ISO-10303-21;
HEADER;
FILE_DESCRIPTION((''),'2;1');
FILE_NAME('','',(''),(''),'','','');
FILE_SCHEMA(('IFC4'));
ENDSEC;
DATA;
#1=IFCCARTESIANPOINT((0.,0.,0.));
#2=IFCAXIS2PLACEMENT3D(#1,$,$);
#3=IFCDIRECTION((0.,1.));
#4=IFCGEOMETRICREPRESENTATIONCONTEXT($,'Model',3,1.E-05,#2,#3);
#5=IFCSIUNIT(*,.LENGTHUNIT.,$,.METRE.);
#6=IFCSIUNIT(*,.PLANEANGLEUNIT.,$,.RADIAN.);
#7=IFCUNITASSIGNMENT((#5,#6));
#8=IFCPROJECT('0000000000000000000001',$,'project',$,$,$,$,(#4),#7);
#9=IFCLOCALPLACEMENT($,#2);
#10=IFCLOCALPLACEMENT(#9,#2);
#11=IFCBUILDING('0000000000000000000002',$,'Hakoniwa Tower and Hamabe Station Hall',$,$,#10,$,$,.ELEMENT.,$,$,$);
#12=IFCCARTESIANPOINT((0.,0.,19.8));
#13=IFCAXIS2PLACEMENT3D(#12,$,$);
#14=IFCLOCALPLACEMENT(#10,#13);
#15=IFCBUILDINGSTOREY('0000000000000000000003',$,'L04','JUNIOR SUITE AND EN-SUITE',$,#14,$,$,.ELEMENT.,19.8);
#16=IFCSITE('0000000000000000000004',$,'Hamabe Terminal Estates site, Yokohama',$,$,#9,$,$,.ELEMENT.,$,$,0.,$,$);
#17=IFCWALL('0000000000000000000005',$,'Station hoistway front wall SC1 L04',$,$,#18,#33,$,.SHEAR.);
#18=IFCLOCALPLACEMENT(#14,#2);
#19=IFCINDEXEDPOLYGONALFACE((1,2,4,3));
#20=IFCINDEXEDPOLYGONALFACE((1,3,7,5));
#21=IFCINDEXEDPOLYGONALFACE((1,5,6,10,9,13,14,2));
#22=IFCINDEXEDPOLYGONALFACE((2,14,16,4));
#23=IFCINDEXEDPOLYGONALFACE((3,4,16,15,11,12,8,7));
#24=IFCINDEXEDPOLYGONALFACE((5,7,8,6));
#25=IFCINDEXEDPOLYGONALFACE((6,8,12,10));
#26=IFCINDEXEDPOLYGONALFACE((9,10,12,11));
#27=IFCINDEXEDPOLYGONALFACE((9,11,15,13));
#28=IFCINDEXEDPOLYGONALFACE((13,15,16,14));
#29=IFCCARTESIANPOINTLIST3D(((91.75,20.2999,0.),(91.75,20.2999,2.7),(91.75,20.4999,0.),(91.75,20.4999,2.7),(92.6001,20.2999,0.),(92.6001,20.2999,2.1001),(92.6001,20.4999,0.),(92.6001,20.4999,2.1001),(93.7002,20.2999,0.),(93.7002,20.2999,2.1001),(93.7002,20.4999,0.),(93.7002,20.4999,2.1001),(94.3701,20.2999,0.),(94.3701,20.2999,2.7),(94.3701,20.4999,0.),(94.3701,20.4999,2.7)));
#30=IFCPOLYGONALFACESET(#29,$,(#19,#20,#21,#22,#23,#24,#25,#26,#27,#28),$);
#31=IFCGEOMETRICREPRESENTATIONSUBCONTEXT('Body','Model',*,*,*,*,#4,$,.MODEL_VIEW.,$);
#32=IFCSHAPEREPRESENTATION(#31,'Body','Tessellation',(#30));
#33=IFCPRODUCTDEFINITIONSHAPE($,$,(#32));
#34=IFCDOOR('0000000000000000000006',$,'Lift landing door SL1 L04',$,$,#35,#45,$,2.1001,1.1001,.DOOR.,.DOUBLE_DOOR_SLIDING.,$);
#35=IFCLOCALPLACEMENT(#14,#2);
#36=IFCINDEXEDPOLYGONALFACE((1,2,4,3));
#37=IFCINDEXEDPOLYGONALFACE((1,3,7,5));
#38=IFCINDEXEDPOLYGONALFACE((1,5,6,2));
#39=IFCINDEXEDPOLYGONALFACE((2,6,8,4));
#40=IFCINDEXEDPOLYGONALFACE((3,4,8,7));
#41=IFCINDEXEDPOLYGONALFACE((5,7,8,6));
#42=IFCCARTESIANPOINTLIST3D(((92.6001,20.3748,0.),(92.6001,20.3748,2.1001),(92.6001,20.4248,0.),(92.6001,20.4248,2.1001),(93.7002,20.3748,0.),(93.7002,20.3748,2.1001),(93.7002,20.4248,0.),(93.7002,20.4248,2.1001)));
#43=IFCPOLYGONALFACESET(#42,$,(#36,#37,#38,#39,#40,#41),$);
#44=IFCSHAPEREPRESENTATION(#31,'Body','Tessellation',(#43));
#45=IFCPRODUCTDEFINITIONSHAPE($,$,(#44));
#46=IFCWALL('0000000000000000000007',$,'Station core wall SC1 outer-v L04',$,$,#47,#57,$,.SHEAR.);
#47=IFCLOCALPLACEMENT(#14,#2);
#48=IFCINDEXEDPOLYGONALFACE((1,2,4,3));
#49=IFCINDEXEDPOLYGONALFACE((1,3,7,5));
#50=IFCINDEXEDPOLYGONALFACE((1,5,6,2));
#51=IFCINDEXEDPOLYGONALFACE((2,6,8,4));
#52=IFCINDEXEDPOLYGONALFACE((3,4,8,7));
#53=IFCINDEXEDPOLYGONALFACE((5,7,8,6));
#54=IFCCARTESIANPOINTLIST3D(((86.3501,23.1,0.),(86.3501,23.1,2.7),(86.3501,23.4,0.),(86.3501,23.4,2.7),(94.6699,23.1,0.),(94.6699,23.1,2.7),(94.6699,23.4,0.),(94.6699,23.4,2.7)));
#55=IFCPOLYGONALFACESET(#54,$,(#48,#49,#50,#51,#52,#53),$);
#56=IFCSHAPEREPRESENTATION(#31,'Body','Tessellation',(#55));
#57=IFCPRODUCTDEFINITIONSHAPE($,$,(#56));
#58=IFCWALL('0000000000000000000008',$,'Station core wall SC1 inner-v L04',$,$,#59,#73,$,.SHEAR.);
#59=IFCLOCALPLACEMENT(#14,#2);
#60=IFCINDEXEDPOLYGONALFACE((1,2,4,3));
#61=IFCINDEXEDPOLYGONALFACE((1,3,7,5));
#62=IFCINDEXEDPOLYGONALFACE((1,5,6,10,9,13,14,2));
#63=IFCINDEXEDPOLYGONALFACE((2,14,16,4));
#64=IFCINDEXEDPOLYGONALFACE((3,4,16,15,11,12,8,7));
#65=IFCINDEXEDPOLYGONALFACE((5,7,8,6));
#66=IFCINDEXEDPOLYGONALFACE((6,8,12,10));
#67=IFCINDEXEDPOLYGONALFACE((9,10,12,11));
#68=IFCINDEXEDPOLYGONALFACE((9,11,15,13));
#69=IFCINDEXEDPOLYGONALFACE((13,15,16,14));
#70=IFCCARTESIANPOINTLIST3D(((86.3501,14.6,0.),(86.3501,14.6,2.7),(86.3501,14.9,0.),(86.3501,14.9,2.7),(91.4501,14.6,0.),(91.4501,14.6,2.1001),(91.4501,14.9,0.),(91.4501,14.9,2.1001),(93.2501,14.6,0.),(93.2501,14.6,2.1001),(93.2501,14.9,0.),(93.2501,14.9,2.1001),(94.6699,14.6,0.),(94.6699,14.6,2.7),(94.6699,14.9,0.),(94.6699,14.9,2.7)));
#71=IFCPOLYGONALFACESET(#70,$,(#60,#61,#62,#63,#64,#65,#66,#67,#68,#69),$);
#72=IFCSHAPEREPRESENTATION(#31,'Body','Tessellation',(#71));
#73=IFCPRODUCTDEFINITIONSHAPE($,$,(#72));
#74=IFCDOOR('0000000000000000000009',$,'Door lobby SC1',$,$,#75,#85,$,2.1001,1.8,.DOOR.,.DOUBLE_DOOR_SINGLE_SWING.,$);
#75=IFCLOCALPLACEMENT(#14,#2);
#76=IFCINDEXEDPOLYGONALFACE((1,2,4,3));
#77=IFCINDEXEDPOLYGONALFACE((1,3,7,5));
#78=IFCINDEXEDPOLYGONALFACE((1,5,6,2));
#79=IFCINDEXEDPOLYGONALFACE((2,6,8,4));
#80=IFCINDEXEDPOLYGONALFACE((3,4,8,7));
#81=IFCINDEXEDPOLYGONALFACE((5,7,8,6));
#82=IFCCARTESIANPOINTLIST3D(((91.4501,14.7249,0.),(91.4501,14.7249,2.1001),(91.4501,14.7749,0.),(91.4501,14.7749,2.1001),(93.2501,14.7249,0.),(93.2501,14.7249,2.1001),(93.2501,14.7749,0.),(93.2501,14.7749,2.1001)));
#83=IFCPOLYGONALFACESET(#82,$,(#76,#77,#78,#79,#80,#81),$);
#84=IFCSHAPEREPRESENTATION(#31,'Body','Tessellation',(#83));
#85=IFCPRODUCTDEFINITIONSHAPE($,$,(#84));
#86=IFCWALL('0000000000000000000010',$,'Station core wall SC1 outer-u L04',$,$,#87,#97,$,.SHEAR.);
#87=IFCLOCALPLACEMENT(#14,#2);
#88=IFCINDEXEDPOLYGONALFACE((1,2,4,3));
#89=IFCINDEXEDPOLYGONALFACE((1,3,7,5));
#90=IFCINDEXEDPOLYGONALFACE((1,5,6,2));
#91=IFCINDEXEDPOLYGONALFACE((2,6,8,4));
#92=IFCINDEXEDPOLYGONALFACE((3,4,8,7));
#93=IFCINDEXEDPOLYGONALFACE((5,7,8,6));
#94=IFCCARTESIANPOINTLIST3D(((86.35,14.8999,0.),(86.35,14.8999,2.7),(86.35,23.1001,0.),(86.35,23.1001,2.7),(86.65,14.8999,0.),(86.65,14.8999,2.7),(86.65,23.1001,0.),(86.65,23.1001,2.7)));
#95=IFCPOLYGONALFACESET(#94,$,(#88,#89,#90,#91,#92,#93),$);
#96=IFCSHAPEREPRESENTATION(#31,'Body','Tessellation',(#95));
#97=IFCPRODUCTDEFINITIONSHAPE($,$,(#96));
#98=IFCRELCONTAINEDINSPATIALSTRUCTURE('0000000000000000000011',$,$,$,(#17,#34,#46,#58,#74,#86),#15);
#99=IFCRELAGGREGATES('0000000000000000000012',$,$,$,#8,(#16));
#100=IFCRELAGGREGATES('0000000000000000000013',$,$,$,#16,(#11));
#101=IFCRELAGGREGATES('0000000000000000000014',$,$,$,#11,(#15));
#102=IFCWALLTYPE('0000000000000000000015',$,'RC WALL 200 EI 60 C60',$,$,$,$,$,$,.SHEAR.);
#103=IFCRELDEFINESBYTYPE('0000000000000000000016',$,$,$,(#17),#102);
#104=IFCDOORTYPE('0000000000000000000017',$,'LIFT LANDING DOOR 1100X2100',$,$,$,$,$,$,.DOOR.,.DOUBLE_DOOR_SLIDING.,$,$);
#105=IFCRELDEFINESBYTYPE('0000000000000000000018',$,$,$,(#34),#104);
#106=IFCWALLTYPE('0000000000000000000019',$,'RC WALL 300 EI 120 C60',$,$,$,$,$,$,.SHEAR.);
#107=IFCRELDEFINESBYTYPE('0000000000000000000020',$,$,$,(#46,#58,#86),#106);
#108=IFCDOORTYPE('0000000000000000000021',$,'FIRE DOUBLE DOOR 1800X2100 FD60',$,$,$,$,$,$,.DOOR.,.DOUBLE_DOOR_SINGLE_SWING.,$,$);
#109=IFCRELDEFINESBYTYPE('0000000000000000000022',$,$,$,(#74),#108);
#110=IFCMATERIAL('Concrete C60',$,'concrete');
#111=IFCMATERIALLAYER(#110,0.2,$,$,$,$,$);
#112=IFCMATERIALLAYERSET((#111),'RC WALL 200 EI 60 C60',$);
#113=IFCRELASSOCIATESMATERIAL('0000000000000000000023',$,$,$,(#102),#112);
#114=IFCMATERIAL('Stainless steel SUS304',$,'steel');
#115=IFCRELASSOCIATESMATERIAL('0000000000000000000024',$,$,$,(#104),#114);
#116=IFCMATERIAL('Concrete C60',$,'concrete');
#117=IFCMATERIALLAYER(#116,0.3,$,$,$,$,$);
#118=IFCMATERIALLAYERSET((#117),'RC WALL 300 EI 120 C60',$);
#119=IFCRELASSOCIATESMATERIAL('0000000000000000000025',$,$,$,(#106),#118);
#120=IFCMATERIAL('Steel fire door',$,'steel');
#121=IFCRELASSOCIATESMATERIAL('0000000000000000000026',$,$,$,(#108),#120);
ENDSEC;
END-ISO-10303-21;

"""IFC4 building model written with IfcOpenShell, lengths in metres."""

from ifc_helpers import new_model, si_unit, direction, frame, frame_2d, origin, place, context, subcontext, project, spatial, rectangle, extrude, material, layer, layer_set, type_object, element, fill, save


model = new_model("IFC4")

# Units and contexts
model_context = context("Model", 3, precision=1e-05, world=origin(), true_north=direction((0.0, 1.0)))
body_context = subcontext(model_context, "Body", "Model", "MODEL_VIEW")
ifc_project = project(units=[si_unit("LENGTHUNIT", "METRE"), si_unit("PLANEANGLEUNIT", "RADIAN")], contexts=[model_context])

# Site, building, storey
site_placement = place(None, origin())
site = spatial("IfcSite", under=ifc_project, at=site_placement, Name="Hamabe Terminal Estates site, Yokohama", CompositionType="ELEMENT", RefElevation=0.0)
building_placement = place(site_placement, origin())
building = spatial("IfcBuilding", under=site, at=building_placement, Name="Hakoniwa Tower and Hamabe Station Hall", CompositionType="ELEMENT")
storey_placement = place(building_placement, frame((0.0, 0.0, 19.8)))
storey = spatial("IfcBuildingStorey", under=building, at=storey_placement, Name="L04", Description="JUNIOR SUITE AND EN-SUITE", CompositionType="ELEMENT", Elevation=19.8)

# Shared definitions
ifc_material_1 = material(Name="Concrete C60", Category="concrete")
ifc_layer_1 = layer(ifc_material_1, 0.2)
ifc_layer_set_1 = layer_set([ifc_layer_1], Name="RC WALL 200 EI 60 C60")
wall_type_1 = type_object("IfcWallType", Name="RC WALL 200 EI 60 C60", PredefinedType="SHEAR", material=ifc_layer_set_1)

# Wall, opening, door
wall_1_placement = place(storey_placement, frame((91.75, 20.3999, 0.0), z_axis=(0.0, 0.0, 1.0), x_axis=(1.0, 0.0, 0.0)))
wall_1 = element("IfcWall", 1, at=wall_1_placement, inside=storey, type_object=wall_type_1, Name="Station hoistway front wall SC1 L04", PredefinedType="SHEAR", context=body_context, shape_type="SweptSolid", body=[
    extrude(rectangle(XDim=2.6201, YDim=0.2, at=frame_2d((1.3101, 0.0))), origin(), (0.0, 0.0, 1.0), 2.7),
])
opening_1_placement = place(wall_1_placement, frame((0.8501, 0.0, 0.0)))
opening_1 = element("IfcOpeningElement", 2, at=opening_1_placement, cuts=wall_1, PredefinedType="OPENING", context=body_context, shape_type="SweptSolid", body=[
    extrude(rectangle(XDim=1.1001, YDim=2.1001, at=frame_2d((0.55, 1.05))), frame((0.0, 0.1099, 0.0), z_axis=(0.0, -1.0, 0.0), x_axis=(1.0, 0.0, 0.0)), (0.0, 0.0, 1.0), 0.22),
])
ifc_material_2 = material(Name="Stainless steel SUS304", Category="steel")
door_type_1 = type_object("IfcDoorType", Name="LIFT LANDING DOOR 1100X2100", OperationType="DOUBLE_DOOR_SLIDING", PredefinedType="DOOR", material=ifc_material_2)
door_1_placement = place(opening_1_placement, origin())
door_1 = element("IfcDoor", 3, at=door_1_placement, inside=storey, type_object=door_type_1, Name="Lift landing door SL1 L04", OperationType="DOUBLE_DOOR_SLIDING", OverallHeight=2.1001, OverallWidth=1.1001, PredefinedType="DOOR", context=body_context, shape_type="SweptSolid", body=[
    extrude(rectangle(XDim=1.1001, YDim=2.1001, at=frame_2d((0.55, 1.05))), frame((0.0, 0.0249, 0.0), z_axis=(0.0, -1.0, 0.0), x_axis=(1.0, 0.0, 0.0)), (0.0, 0.0, 1.0), 0.05),
])
fill(opening_1, door_1)

# Wall
ifc_material_3 = material(Name="Concrete C60", Category="concrete")
ifc_layer_2 = layer(ifc_material_3, 0.3)
ifc_layer_set_2 = layer_set([ifc_layer_2], Name="RC WALL 300 EI 120 C60")
wall_type_2 = type_object("IfcWallType", Name="RC WALL 300 EI 120 C60", PredefinedType="SHEAR", material=ifc_layer_set_2)
wall_2_placement = place(storey_placement, frame((86.3501, 23.25, 0.0), z_axis=(0.0, 0.0, 1.0), x_axis=(1.0, 0.0, 0.0)))
element("IfcWall", 4, at=wall_2_placement, inside=storey, type_object=wall_type_2, Name="Station core wall SC1 outer-v L04", PredefinedType="SHEAR", context=body_context, shape_type="SweptSolid", body=[
    extrude(rectangle(XDim=8.3198, YDim=0.3, at=frame_2d((4.1599, 0.0))), origin(), (0.0, 0.0, 1.0), 2.7),
])

# Wall, opening, door
wall_3_placement = place(storey_placement, frame((86.3501, 14.75, 0.0), z_axis=(0.0, 0.0, 1.0), x_axis=(1.0, 0.0, 0.0)))
wall_3 = element("IfcWall", 5, at=wall_3_placement, inside=storey, type_object=wall_type_2, Name="Station core wall SC1 inner-v L04", PredefinedType="SHEAR", context=body_context, shape_type="SweptSolid", body=[
    extrude(rectangle(XDim=8.3198, YDim=0.3, at=frame_2d((4.1599, 0.0))), origin(), (0.0, 0.0, 1.0), 2.7),
])
opening_2_placement = place(wall_3_placement, frame((5.1001, 0.0, 0.0)))
opening_2 = element("IfcOpeningElement", 6, at=opening_2_placement, cuts=wall_3, PredefinedType="OPENING", context=body_context, shape_type="SweptSolid", body=[
    extrude(rectangle(XDim=1.8, YDim=2.1001, at=frame_2d((0.8999, 1.05))), frame((0.0, 0.1599, 0.0), z_axis=(0.0, -1.0, 0.0), x_axis=(1.0, 0.0, 0.0)), (0.0, 0.0, 1.0), 0.3201),
])
ifc_material_4 = material(Name="Steel fire door", Category="steel")
door_type_2 = type_object("IfcDoorType", Name="FIRE DOUBLE DOOR 1800X2100 FD60", OperationType="DOUBLE_DOOR_SINGLE_SWING", PredefinedType="DOOR", material=ifc_material_4)
door_2_placement = place(opening_2_placement, origin())
door_2 = element("IfcDoor", 7, at=door_2_placement, inside=storey, type_object=door_type_2, Name="Door lobby SC1", OperationType="DOUBLE_DOOR_SINGLE_SWING", OverallHeight=2.1001, OverallWidth=1.8, PredefinedType="DOOR", context=body_context, shape_type="SweptSolid", body=[
    extrude(rectangle(XDim=1.8, YDim=2.1001, at=frame_2d((0.8999, 1.05))), frame((0.0, 0.0249, 0.0), z_axis=(0.0, -1.0, 0.0), x_axis=(1.0, 0.0, 0.0)), (0.0, 0.0, 1.0), 0.05),
])
fill(opening_2, door_2)

# Wall
wall_4_placement = place(storey_placement, frame((86.5, 23.1001, 0.0), z_axis=(0.0, 0.0, 1.0), x_axis=(0.0, -1.0, 0.0)))
element("IfcWall", 8, at=wall_4_placement, inside=storey, type_object=wall_type_2, Name="Station core wall SC1 outer-u L04", PredefinedType="SHEAR", context=body_context, shape_type="SweptSolid", body=[
    extrude(rectangle(XDim=8.2002, YDim=0.3, at=frame_2d((4.1001, 0.0))), origin(), (0.0, 0.0, 1.0), 2.7),
])

save(model, "model.ifc")
